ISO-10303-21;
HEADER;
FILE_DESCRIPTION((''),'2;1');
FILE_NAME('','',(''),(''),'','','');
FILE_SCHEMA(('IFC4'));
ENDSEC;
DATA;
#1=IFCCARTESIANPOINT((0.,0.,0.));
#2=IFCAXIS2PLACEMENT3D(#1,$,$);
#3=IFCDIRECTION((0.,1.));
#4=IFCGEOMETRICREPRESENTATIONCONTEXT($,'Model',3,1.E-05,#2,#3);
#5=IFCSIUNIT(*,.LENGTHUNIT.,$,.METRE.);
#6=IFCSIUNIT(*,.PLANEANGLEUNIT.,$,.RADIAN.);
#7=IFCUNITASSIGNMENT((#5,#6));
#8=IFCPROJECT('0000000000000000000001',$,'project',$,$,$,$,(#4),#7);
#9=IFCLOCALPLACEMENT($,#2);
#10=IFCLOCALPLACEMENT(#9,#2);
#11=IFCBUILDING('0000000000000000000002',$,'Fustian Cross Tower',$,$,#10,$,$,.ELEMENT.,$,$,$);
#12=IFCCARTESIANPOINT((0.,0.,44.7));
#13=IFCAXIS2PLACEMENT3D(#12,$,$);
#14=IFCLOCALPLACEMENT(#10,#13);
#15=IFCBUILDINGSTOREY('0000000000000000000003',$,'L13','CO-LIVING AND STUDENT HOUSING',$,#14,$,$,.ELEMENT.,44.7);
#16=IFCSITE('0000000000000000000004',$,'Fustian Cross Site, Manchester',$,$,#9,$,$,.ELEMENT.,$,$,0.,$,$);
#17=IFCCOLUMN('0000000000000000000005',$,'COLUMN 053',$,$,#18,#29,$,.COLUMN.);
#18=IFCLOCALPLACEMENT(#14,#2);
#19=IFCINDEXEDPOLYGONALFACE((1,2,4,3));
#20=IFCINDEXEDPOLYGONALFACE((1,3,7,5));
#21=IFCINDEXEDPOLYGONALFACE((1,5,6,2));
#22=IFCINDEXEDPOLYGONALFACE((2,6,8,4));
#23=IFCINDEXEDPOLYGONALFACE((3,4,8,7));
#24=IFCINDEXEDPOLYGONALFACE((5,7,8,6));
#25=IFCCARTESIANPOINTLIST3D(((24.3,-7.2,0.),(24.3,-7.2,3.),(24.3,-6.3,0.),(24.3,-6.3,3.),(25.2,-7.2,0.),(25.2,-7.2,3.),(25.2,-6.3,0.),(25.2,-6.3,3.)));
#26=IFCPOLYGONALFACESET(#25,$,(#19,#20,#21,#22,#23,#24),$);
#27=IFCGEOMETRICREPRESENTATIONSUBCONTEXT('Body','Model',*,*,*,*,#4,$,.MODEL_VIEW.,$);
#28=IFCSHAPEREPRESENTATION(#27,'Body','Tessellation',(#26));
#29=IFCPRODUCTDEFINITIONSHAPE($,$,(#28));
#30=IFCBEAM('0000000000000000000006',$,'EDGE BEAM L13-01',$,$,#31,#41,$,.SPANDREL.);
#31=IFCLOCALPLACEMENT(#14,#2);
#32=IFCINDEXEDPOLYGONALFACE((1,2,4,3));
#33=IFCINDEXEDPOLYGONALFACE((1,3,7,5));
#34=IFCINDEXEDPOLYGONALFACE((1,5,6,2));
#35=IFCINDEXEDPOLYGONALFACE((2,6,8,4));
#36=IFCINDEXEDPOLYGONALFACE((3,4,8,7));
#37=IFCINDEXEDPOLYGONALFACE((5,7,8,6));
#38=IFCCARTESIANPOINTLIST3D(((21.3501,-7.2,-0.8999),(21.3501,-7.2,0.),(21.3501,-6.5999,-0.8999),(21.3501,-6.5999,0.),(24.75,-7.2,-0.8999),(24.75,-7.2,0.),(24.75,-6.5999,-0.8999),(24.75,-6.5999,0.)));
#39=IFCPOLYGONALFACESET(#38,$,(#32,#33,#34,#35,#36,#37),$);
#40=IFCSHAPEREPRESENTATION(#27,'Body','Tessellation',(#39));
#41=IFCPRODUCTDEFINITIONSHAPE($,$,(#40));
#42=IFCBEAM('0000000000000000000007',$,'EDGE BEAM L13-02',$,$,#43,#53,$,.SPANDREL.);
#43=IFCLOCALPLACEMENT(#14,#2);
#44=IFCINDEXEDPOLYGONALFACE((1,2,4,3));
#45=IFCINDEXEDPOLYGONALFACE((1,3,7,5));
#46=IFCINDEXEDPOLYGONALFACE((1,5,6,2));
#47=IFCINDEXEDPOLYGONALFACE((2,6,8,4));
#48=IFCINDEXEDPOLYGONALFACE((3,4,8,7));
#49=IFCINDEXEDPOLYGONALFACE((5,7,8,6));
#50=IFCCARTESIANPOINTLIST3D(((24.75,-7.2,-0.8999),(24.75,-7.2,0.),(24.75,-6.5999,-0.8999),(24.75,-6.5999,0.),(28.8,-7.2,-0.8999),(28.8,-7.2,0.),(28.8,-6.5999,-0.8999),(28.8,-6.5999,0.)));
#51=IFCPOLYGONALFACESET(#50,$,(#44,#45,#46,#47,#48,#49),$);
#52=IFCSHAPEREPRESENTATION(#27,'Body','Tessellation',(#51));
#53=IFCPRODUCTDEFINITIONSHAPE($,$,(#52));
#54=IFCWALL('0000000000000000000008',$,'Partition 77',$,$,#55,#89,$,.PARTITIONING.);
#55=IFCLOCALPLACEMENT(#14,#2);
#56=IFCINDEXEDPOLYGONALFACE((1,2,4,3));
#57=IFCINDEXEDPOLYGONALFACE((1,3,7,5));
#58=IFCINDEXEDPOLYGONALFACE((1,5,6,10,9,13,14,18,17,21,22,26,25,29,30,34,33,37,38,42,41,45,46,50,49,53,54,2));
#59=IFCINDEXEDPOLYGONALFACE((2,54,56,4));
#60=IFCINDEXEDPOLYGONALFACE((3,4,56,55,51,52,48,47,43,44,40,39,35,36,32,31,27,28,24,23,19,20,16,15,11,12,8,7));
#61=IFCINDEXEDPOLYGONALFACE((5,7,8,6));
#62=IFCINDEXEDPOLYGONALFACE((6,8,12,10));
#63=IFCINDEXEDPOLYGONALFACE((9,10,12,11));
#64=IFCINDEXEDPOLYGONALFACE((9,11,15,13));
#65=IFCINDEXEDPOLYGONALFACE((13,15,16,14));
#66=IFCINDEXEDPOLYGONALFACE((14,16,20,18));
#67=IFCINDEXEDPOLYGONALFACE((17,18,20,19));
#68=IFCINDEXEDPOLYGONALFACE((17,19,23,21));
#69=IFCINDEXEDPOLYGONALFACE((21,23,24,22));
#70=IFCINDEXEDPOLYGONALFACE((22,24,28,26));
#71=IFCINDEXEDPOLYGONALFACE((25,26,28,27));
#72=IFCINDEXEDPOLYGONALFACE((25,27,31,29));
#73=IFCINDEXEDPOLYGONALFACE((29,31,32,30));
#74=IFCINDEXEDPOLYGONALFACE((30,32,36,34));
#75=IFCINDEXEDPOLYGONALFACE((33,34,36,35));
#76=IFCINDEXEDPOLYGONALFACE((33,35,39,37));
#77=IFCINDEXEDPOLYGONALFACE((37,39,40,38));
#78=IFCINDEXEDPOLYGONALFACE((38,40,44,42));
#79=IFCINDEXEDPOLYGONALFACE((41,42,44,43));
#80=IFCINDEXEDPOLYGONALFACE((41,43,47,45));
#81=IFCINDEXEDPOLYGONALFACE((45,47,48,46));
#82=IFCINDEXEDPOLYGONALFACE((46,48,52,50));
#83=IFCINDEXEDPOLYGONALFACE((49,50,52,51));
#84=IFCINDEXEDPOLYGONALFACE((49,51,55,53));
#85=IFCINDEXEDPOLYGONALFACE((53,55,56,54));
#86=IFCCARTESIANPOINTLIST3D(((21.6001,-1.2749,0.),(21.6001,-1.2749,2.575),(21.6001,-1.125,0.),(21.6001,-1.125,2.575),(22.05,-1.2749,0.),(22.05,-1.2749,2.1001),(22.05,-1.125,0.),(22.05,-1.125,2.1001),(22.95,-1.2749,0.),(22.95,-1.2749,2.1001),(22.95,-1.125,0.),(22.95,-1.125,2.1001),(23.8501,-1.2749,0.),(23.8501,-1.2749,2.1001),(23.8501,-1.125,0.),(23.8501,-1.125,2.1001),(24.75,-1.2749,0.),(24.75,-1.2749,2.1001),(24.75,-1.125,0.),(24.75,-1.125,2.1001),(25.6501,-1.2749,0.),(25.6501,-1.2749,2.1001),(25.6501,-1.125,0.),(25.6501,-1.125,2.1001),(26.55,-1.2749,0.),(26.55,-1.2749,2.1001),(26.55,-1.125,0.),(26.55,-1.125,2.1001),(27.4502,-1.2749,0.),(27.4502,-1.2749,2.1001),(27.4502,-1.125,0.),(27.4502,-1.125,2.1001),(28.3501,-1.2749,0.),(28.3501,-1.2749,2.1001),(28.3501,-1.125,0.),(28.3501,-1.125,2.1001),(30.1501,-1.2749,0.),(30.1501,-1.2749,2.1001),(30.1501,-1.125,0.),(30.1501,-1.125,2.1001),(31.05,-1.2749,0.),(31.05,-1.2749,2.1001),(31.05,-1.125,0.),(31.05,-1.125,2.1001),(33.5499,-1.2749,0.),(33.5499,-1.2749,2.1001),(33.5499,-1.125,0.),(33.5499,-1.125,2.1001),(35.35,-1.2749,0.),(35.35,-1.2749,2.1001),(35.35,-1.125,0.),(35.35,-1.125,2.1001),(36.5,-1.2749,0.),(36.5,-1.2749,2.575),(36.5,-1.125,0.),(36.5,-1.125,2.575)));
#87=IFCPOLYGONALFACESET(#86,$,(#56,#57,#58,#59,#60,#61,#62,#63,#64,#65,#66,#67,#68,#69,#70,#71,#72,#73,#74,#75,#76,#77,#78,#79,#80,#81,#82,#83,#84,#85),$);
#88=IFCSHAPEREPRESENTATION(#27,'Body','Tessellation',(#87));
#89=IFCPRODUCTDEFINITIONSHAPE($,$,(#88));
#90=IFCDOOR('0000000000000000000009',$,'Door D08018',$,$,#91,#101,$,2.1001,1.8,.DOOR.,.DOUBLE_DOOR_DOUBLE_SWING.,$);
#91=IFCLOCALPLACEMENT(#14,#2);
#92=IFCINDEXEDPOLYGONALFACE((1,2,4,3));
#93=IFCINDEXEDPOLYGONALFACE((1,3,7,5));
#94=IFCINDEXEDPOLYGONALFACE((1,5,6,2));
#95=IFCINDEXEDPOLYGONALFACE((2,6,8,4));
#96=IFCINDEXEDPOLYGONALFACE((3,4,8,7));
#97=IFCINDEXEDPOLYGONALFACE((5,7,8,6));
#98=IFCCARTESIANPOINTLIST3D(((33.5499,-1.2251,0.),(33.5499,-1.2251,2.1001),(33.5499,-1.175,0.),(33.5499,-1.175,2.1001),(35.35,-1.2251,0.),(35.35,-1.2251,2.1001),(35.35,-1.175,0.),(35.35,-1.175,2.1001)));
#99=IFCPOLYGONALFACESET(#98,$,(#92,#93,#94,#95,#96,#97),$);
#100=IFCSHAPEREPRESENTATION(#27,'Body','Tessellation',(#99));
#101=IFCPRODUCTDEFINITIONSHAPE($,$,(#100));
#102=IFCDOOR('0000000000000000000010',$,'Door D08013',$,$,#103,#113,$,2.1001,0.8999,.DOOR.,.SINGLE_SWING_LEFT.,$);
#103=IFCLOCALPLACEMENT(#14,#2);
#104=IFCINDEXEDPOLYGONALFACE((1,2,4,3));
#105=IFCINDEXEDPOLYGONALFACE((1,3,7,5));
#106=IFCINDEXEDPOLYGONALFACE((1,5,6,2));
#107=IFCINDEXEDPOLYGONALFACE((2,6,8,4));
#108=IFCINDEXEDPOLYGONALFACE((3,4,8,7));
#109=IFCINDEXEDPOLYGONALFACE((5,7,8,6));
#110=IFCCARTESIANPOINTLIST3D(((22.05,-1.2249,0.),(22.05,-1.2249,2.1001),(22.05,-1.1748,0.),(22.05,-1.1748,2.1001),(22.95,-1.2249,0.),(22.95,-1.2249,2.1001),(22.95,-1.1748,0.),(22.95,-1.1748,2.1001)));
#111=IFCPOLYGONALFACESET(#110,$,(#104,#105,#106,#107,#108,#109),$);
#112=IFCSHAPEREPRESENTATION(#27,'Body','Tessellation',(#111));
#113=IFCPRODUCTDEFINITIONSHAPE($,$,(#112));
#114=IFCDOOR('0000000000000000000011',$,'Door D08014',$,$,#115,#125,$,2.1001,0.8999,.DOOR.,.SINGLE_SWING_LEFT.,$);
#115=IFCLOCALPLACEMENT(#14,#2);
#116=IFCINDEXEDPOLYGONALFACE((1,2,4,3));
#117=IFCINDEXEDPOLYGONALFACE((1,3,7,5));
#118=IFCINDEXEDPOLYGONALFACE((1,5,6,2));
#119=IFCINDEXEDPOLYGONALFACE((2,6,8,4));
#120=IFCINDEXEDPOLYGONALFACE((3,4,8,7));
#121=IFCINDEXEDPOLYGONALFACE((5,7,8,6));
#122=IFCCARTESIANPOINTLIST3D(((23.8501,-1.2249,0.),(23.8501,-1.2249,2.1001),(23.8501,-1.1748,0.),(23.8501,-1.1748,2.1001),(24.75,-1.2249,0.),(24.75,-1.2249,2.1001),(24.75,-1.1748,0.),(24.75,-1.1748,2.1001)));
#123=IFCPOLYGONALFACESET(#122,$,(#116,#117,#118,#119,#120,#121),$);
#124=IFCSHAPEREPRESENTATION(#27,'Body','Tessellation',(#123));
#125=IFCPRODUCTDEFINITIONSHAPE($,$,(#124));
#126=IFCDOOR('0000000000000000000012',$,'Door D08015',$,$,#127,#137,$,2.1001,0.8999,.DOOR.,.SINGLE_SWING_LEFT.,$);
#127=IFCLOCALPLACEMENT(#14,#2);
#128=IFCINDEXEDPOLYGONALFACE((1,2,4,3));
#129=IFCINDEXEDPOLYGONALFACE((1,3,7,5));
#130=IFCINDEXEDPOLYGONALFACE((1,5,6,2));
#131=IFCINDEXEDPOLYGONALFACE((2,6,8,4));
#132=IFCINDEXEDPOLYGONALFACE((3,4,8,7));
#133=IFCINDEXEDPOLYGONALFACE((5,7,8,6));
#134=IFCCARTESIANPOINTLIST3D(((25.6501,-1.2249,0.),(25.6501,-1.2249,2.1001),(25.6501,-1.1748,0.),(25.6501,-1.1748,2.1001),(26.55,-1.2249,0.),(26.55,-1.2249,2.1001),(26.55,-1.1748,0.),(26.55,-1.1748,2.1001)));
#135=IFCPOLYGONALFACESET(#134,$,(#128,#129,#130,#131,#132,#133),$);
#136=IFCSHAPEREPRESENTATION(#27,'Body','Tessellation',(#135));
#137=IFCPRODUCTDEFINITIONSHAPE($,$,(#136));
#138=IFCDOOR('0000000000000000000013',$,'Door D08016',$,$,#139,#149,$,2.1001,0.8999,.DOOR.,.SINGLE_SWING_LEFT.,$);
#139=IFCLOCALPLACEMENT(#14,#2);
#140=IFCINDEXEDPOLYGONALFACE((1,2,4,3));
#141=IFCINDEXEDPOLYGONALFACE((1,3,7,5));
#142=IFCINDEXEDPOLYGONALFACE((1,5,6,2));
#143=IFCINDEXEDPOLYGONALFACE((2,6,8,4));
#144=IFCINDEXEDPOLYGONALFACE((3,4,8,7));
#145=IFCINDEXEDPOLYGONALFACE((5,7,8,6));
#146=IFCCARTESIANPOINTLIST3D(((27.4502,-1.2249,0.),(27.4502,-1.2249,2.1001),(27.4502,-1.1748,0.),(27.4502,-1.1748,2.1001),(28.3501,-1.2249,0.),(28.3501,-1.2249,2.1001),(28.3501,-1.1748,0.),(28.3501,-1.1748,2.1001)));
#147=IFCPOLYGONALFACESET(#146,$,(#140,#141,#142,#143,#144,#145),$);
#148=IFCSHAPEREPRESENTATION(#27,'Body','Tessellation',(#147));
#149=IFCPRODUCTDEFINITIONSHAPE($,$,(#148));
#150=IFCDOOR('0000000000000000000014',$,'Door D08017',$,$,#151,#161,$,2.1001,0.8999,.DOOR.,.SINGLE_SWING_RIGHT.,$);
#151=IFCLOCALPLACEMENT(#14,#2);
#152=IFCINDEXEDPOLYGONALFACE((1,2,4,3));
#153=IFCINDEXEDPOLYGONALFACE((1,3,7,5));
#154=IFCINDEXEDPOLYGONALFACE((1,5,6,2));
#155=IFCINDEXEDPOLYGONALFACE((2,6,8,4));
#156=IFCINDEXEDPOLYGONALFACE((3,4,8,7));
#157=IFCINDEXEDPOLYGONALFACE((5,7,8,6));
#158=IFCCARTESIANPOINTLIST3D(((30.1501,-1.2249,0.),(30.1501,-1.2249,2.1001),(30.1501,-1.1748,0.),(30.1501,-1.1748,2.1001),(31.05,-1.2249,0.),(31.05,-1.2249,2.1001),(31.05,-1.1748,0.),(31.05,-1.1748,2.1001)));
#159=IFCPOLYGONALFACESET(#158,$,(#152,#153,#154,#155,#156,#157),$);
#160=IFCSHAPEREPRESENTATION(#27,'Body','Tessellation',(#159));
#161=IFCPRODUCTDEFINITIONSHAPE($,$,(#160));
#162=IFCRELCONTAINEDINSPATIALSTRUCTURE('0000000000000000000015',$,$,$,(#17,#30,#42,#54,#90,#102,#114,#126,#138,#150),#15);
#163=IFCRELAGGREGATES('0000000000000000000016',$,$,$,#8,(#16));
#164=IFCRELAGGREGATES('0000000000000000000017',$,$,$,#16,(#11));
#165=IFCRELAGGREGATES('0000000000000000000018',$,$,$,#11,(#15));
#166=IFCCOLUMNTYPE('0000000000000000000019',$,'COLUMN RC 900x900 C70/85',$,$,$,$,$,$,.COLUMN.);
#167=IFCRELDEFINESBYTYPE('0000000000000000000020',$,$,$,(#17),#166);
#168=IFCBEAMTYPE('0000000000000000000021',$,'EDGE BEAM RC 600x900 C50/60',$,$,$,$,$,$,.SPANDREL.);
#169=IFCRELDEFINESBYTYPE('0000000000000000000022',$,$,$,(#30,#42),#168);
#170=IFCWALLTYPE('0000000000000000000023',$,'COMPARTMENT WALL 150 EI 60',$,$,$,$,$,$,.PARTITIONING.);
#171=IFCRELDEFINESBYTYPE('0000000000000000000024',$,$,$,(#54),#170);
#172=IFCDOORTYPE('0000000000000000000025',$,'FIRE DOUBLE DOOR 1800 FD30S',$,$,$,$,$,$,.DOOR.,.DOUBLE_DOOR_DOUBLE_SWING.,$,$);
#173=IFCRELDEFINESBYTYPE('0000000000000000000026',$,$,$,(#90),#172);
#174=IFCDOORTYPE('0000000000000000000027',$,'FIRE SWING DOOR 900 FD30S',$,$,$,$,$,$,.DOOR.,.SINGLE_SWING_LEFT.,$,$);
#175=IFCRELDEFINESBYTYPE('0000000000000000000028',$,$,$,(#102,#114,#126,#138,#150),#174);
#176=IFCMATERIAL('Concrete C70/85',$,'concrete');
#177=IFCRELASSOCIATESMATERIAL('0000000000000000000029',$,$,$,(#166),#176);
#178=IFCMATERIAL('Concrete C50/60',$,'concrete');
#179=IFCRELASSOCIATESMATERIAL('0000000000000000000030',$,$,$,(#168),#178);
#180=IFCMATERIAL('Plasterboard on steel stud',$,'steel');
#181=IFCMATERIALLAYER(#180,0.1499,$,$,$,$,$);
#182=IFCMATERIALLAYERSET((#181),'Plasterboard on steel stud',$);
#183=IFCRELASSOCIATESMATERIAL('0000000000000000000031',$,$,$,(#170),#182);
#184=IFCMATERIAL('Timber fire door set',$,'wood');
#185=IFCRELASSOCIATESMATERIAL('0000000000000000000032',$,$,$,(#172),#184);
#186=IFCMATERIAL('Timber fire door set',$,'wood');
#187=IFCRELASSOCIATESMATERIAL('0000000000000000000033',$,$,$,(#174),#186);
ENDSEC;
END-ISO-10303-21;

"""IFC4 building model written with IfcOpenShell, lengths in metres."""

from ifc_helpers import new_model, si_unit, direction, frame, frame_2d, origin, origin_2d, place, context, subcontext, project, spatial, rectangle, extrude, material, layer, layer_set, material_profile, profile_set, type_object, element, fill, save


model = new_model("IFC4")

# Units and contexts
model_context = context("Model", 3, precision=1e-05, world=origin(), true_north=direction((0.0, 1.0)))
body_context = subcontext(model_context, "Body", "Model", "MODEL_VIEW")
ifc_project = project(units=[si_unit("LENGTHUNIT", "METRE"), si_unit("PLANEANGLEUNIT", "RADIAN")], contexts=[model_context])

# Site, building, storey
site_placement = place(None, origin())
site = spatial("IfcSite", under=ifc_project, at=site_placement, Name="Fustian Cross Site, Manchester", CompositionType="ELEMENT", RefElevation=0.0)
building_placement = place(site_placement, origin())
building = spatial("IfcBuilding", under=site, at=building_placement, Name="Fustian Cross Tower", CompositionType="ELEMENT")
storey_placement = place(building_placement, frame((0.0, 0.0, 44.7)))
storey = spatial("IfcBuildingStorey", under=building, at=storey_placement, Name="L13", Description="CO-LIVING AND STUDENT HOUSING", CompositionType="ELEMENT", Elevation=44.7)

# Column
ifc_material_1 = material(Name="Concrete C70/85", Category="concrete")
ifc_material_profile_1 = material_profile(ifc_material_1, rectangle(XDim=0.8999, YDim=0.8999, at=origin_2d()), Name="RC 900x900")
ifc_profile_set_1 = profile_set([ifc_material_profile_1], Name="Concrete C70/85")
column_type = type_object("IfcColumnType", Name="COLUMN RC 900x900 C70/85", PredefinedType="COLUMN", material=ifc_profile_set_1)
column_placement = place(storey_placement, frame((24.75, -6.75, 0.0), z_axis=(0.0, 0.0, 1.0), x_axis=(1.0, 0.0, 0.0)))
element("IfcColumn", 1, at=column_placement, inside=storey, type_object=column_type, Name="COLUMN 053", PredefinedType="COLUMN", context=body_context, shape_type="SweptSolid", body=[
    extrude(rectangle(XDim=0.8999, YDim=0.8999, at=origin_2d()), origin(), (0.0, 0.0, 1.0), 3.0),
])

# Beams
ifc_material_2 = material(Name="Concrete C50/60", Category="concrete")
ifc_material_profile_2 = material_profile(ifc_material_2, rectangle(XDim=0.6001, YDim=0.8999, at=origin_2d()), Name="RC 600x900")
ifc_profile_set_2 = profile_set([ifc_material_profile_2], Name="Concrete C50/60")
beam_type = type_object("IfcBeamType", Name="EDGE BEAM RC 600x900 C50/60", PredefinedType="SPANDREL", material=ifc_profile_set_2)
beam_1_placement = place(storey_placement, frame((21.3501, -6.8999, -0.45), z_axis=(1.0, 0.0, 0.0), x_axis=(0.0, 1.0, 0.0)))
element("IfcBeam", 2, at=beam_1_placement, inside=storey, type_object=beam_type, Name="EDGE BEAM L13-01", PredefinedType="SPANDREL", context=body_context, shape_type="SweptSolid", body=[
    extrude(rectangle(XDim=0.6001, YDim=0.8999, at=origin_2d()), origin(), (0.0, 0.0, 1.0), 3.3999),
])
beam_2_placement = place(storey_placement, frame((24.75, -6.8999, -0.45), z_axis=(1.0, 0.0, 0.0), x_axis=(0.0, 1.0, 0.0)))
element("IfcBeam", 3, at=beam_2_placement, inside=storey, type_object=beam_type, Name="EDGE BEAM L13-02", PredefinedType="SPANDREL", context=body_context, shape_type="SweptSolid", body=[
    extrude(rectangle(XDim=0.6001, YDim=0.8999, at=origin_2d()), origin(), (0.0, 0.0, 1.0), 4.05),
])

# Wall, openings, doors
ifc_material_3 = material(Name="Plasterboard on steel stud", Category="steel")
ifc_layer_1 = layer(ifc_material_3, 0.1499)
ifc_layer_set_1 = layer_set([ifc_layer_1], Name="Plasterboard on steel stud")
wall_type_1 = type_object("IfcWallType", Name="COMPARTMENT WALL 150 EI 60", PredefinedType="PARTITIONING", material=ifc_layer_set_1)
wall_1_placement = place(storey_placement, frame((21.6001, -1.2, 0.0), z_axis=(0.0, 0.0, 1.0), x_axis=(1.0, 0.0, 0.0)))
wall_1 = element("IfcWall", 4, at=wall_1_placement, inside=storey, type_object=wall_type_1, Name="Partition 77", PredefinedType="PARTITIONING", context=body_context, shape_type="SweptSolid", body=[
    extrude(rectangle(XDim=14.8999, YDim=0.1499, at=frame_2d((7.45, 0.0))), origin(), (0.0, 0.0, 1.0), 2.575),
])
opening_1_placement = place(wall_1_placement, frame((0.45, 0.0, 0.0)))
opening_1 = element("IfcOpeningElement", 5, at=opening_1_placement, cuts=wall_1, PredefinedType="OPENING", context=body_context, shape_type="SweptSolid", body=[
    extrude(rectangle(XDim=0.8999, YDim=2.1001, at=frame_2d((0.45, 1.05))), frame((0.0, 0.085, 0.0), z_axis=(0.0, -1.0, 0.0), x_axis=(1.0, 0.0, 0.0)), (0.0, 0.0, 1.0), 0.1699),
])
opening_2_placement = place(wall_1_placement, frame((2.25, 0.0, 0.0)))
opening_2 = element("IfcOpeningElement", 6, at=opening_2_placement, cuts=wall_1, PredefinedType="OPENING", context=body_context, shape_type="SweptSolid", body=[
    extrude(rectangle(XDim=0.8999, YDim=2.1001, at=frame_2d((0.45, 1.05))), frame((0.0, 0.085, 0.0), z_axis=(0.0, -1.0, 0.0), x_axis=(1.0, 0.0, 0.0)), (0.0, 0.0, 1.0), 0.1699),
])
opening_3_placement = place(wall_1_placement, frame((4.05, 0.0, 0.0)))
opening_3 = element("IfcOpeningElement", 7, at=opening_3_placement, cuts=wall_1, PredefinedType="OPENING", context=body_context, shape_type="SweptSolid", body=[
    extrude(rectangle(XDim=0.8999, YDim=2.1001, at=frame_2d((0.45, 1.05))), frame((0.0, 0.085, 0.0), z_axis=(0.0, -1.0, 0.0), x_axis=(1.0, 0.0, 0.0)), (0.0, 0.0, 1.0), 0.1699),
])
opening_4_placement = place(wall_1_placement, frame((5.8501, 0.0, 0.0)))
opening_4 = element("IfcOpeningElement", 8, at=opening_4_placement, cuts=wall_1, PredefinedType="OPENING", context=body_context, shape_type="SweptSolid", body=[
    extrude(rectangle(XDim=0.8999, YDim=2.1001, at=frame_2d((0.45, 1.05))), frame((0.0, 0.085, 0.0), z_axis=(0.0, -1.0, 0.0), x_axis=(1.0, 0.0, 0.0)), (0.0, 0.0, 1.0), 0.1699),
])
opening_5_placement = place(wall_1_placement, frame((8.55, 0.0, 0.0)))
opening_5 = element("IfcOpeningElement", 9, at=opening_5_placement, cuts=wall_1, PredefinedType="OPENING", context=body_context, shape_type="SweptSolid", body=[
    extrude(rectangle(XDim=0.8999, YDim=2.1001, at=frame_2d((0.45, 1.05))), frame((0.0, 0.085, 0.0), z_axis=(0.0, -1.0, 0.0), x_axis=(1.0, 0.0, 0.0)), (0.0, 0.0, 1.0), 0.1699),
])
opening_6_placement = place(wall_1_placement, frame((11.95, 0.0, 0.0)))
opening_6 = element("IfcOpeningElement", 10, at=opening_6_placement, cuts=wall_1, PredefinedType="OPENING", context=body_context, shape_type="SweptSolid", body=[
    extrude(rectangle(XDim=1.8, YDim=2.1001, at=frame_2d((0.8999, 1.05))), frame((0.0, 0.085, 0.0), z_axis=(0.0, -1.0, 0.0), x_axis=(1.0, 0.0, 0.0)), (0.0, 0.0, 1.0), 0.1699),
])
ifc_material_4 = material(Name="Timber fire door set", Category="wood")
door_type_1 = type_object("IfcDoorType", Name="FIRE DOUBLE DOOR 1800 FD30S", OperationType="DOUBLE_DOOR_DOUBLE_SWING", PredefinedType="DOOR", material=ifc_material_4)
door_1_placement = place(opening_6_placement, origin())
door_1 = element("IfcDoor", 11, at=door_1_placement, inside=storey, type_object=door_type_1, Name="Door D08018", OperationType="DOUBLE_DOOR_DOUBLE_SWING", OverallHeight=2.1001, OverallWidth=1.8, PredefinedType="DOOR", context=body_context, shape_type="SweptSolid", body=[
    extrude(rectangle(XDim=1.8, YDim=2.1001, at=frame_2d((0.8999, 1.05))), frame((0.0, 0.0249, 0.0), z_axis=(0.0, -1.0, 0.0), x_axis=(1.0, 0.0, 0.0)), (0.0, 0.0, 1.0), 0.05),
])
fill(opening_6, door_1)
ifc_material_5 = material(Name="Timber fire door set", Category="wood")
door_type_2 = type_object("IfcDoorType", Name="FIRE SWING DOOR 900 FD30S", OperationType="SINGLE_SWING_LEFT", PredefinedType="DOOR", material=ifc_material_5)
door_2_placement = place(opening_1_placement, frame((0.8999, 0.0, 0.0), z_axis=(0.0, 0.0, 1.0), x_axis=(-1.0, 0.0, 0.0)))
door_2 = element("IfcDoor", 12, at=door_2_placement, inside=storey, type_object=door_type_2, Name="Door D08013", OperationType="SINGLE_SWING_LEFT", OverallHeight=2.1001, OverallWidth=0.8999, PredefinedType="DOOR", context=body_context, shape_type="SweptSolid", body=[
    extrude(rectangle(XDim=0.8999, YDim=2.1001, at=frame_2d((0.45, 1.05))), frame((0.0, 0.0249, 0.0), z_axis=(0.0, -1.0, 0.0), x_axis=(1.0, 0.0, 0.0)), (0.0, 0.0, 1.0), 0.05),
])
fill(opening_1, door_2)
door_3_placement = place(opening_2_placement, frame((0.8999, 0.0, 0.0), z_axis=(0.0, 0.0, 1.0), x_axis=(-1.0, 0.0, 0.0)))
door_3 = element("IfcDoor", 13, at=door_3_placement, inside=storey, type_object=door_type_2, Name="Door D08014", OperationType="SINGLE_SWING_LEFT", OverallHeight=2.1001, OverallWidth=0.8999, PredefinedType="DOOR", context=body_context, shape_type="SweptSolid", body=[
    extrude(rectangle(XDim=0.8999, YDim=2.1001, at=frame_2d((0.45, 1.05))), frame((0.0, 0.0249, 0.0), z_axis=(0.0, -1.0, 0.0), x_axis=(1.0, 0.0, 0.0)), (0.0, 0.0, 1.0), 0.05),
])
fill(opening_2, door_3)
door_4_placement = place(opening_3_placement, frame((0.8999, 0.0, 0.0), z_axis=(0.0, 0.0, 1.0), x_axis=(-1.0, 0.0, 0.0)))
door_4 = element("IfcDoor", 14, at=door_4_placement, inside=storey, type_object=door_type_2, Name="Door D08015", OperationType="SINGLE_SWING_LEFT", OverallHeight=2.1001, OverallWidth=0.8999, PredefinedType="DOOR", context=body_context, shape_type="SweptSolid", body=[
    extrude(rectangle(XDim=0.8999, YDim=2.1001, at=frame_2d((0.45, 1.05))), frame((0.0, 0.0249, 0.0), z_axis=(0.0, -1.0, 0.0), x_axis=(1.0, 0.0, 0.0)), (0.0, 0.0, 1.0), 0.05),
])
fill(opening_3, door_4)
door_5_placement = place(opening_4_placement, frame((0.8999, 0.0, 0.0), z_axis=(0.0, 0.0, 1.0), x_axis=(-1.0, 0.0, 0.0)))
door_5 = element("IfcDoor", 15, at=door_5_placement, inside=storey, type_object=door_type_2, Name="Door D08016", OperationType="SINGLE_SWING_LEFT", OverallHeight=2.1001, OverallWidth=0.8999, PredefinedType="DOOR", context=body_context, shape_type="SweptSolid", body=[
    extrude(rectangle(XDim=0.8999, YDim=2.1001, at=frame_2d((0.45, 1.05))), frame((0.0, 0.0249, 0.0), z_axis=(0.0, -1.0, 0.0), x_axis=(1.0, 0.0, 0.0)), (0.0, 0.0, 1.0), 0.05),
])
fill(opening_4, door_5)
door_6_placement = place(opening_5_placement, frame((0.8999, 0.0, 0.0), z_axis=(0.0, 0.0, 1.0), x_axis=(-1.0, 0.0, 0.0)))
door_6 = element("IfcDoor", 16, at=door_6_placement, inside=storey, type_object=door_type_2, Name="Door D08017", OperationType="SINGLE_SWING_RIGHT", OverallHeight=2.1001, OverallWidth=0.8999, PredefinedType="DOOR", context=body_context, shape_type="SweptSolid", body=[
    extrude(rectangle(XDim=0.8999, YDim=2.1001, at=frame_2d((0.45, 1.05))), frame((0.0, 0.0249, 0.0), z_axis=(0.0, -1.0, 0.0), x_axis=(1.0, 0.0, 0.0)), (0.0, 0.0, 1.0), 0.05),
])
fill(opening_5, door_6)

save(model, "model.ifc")
